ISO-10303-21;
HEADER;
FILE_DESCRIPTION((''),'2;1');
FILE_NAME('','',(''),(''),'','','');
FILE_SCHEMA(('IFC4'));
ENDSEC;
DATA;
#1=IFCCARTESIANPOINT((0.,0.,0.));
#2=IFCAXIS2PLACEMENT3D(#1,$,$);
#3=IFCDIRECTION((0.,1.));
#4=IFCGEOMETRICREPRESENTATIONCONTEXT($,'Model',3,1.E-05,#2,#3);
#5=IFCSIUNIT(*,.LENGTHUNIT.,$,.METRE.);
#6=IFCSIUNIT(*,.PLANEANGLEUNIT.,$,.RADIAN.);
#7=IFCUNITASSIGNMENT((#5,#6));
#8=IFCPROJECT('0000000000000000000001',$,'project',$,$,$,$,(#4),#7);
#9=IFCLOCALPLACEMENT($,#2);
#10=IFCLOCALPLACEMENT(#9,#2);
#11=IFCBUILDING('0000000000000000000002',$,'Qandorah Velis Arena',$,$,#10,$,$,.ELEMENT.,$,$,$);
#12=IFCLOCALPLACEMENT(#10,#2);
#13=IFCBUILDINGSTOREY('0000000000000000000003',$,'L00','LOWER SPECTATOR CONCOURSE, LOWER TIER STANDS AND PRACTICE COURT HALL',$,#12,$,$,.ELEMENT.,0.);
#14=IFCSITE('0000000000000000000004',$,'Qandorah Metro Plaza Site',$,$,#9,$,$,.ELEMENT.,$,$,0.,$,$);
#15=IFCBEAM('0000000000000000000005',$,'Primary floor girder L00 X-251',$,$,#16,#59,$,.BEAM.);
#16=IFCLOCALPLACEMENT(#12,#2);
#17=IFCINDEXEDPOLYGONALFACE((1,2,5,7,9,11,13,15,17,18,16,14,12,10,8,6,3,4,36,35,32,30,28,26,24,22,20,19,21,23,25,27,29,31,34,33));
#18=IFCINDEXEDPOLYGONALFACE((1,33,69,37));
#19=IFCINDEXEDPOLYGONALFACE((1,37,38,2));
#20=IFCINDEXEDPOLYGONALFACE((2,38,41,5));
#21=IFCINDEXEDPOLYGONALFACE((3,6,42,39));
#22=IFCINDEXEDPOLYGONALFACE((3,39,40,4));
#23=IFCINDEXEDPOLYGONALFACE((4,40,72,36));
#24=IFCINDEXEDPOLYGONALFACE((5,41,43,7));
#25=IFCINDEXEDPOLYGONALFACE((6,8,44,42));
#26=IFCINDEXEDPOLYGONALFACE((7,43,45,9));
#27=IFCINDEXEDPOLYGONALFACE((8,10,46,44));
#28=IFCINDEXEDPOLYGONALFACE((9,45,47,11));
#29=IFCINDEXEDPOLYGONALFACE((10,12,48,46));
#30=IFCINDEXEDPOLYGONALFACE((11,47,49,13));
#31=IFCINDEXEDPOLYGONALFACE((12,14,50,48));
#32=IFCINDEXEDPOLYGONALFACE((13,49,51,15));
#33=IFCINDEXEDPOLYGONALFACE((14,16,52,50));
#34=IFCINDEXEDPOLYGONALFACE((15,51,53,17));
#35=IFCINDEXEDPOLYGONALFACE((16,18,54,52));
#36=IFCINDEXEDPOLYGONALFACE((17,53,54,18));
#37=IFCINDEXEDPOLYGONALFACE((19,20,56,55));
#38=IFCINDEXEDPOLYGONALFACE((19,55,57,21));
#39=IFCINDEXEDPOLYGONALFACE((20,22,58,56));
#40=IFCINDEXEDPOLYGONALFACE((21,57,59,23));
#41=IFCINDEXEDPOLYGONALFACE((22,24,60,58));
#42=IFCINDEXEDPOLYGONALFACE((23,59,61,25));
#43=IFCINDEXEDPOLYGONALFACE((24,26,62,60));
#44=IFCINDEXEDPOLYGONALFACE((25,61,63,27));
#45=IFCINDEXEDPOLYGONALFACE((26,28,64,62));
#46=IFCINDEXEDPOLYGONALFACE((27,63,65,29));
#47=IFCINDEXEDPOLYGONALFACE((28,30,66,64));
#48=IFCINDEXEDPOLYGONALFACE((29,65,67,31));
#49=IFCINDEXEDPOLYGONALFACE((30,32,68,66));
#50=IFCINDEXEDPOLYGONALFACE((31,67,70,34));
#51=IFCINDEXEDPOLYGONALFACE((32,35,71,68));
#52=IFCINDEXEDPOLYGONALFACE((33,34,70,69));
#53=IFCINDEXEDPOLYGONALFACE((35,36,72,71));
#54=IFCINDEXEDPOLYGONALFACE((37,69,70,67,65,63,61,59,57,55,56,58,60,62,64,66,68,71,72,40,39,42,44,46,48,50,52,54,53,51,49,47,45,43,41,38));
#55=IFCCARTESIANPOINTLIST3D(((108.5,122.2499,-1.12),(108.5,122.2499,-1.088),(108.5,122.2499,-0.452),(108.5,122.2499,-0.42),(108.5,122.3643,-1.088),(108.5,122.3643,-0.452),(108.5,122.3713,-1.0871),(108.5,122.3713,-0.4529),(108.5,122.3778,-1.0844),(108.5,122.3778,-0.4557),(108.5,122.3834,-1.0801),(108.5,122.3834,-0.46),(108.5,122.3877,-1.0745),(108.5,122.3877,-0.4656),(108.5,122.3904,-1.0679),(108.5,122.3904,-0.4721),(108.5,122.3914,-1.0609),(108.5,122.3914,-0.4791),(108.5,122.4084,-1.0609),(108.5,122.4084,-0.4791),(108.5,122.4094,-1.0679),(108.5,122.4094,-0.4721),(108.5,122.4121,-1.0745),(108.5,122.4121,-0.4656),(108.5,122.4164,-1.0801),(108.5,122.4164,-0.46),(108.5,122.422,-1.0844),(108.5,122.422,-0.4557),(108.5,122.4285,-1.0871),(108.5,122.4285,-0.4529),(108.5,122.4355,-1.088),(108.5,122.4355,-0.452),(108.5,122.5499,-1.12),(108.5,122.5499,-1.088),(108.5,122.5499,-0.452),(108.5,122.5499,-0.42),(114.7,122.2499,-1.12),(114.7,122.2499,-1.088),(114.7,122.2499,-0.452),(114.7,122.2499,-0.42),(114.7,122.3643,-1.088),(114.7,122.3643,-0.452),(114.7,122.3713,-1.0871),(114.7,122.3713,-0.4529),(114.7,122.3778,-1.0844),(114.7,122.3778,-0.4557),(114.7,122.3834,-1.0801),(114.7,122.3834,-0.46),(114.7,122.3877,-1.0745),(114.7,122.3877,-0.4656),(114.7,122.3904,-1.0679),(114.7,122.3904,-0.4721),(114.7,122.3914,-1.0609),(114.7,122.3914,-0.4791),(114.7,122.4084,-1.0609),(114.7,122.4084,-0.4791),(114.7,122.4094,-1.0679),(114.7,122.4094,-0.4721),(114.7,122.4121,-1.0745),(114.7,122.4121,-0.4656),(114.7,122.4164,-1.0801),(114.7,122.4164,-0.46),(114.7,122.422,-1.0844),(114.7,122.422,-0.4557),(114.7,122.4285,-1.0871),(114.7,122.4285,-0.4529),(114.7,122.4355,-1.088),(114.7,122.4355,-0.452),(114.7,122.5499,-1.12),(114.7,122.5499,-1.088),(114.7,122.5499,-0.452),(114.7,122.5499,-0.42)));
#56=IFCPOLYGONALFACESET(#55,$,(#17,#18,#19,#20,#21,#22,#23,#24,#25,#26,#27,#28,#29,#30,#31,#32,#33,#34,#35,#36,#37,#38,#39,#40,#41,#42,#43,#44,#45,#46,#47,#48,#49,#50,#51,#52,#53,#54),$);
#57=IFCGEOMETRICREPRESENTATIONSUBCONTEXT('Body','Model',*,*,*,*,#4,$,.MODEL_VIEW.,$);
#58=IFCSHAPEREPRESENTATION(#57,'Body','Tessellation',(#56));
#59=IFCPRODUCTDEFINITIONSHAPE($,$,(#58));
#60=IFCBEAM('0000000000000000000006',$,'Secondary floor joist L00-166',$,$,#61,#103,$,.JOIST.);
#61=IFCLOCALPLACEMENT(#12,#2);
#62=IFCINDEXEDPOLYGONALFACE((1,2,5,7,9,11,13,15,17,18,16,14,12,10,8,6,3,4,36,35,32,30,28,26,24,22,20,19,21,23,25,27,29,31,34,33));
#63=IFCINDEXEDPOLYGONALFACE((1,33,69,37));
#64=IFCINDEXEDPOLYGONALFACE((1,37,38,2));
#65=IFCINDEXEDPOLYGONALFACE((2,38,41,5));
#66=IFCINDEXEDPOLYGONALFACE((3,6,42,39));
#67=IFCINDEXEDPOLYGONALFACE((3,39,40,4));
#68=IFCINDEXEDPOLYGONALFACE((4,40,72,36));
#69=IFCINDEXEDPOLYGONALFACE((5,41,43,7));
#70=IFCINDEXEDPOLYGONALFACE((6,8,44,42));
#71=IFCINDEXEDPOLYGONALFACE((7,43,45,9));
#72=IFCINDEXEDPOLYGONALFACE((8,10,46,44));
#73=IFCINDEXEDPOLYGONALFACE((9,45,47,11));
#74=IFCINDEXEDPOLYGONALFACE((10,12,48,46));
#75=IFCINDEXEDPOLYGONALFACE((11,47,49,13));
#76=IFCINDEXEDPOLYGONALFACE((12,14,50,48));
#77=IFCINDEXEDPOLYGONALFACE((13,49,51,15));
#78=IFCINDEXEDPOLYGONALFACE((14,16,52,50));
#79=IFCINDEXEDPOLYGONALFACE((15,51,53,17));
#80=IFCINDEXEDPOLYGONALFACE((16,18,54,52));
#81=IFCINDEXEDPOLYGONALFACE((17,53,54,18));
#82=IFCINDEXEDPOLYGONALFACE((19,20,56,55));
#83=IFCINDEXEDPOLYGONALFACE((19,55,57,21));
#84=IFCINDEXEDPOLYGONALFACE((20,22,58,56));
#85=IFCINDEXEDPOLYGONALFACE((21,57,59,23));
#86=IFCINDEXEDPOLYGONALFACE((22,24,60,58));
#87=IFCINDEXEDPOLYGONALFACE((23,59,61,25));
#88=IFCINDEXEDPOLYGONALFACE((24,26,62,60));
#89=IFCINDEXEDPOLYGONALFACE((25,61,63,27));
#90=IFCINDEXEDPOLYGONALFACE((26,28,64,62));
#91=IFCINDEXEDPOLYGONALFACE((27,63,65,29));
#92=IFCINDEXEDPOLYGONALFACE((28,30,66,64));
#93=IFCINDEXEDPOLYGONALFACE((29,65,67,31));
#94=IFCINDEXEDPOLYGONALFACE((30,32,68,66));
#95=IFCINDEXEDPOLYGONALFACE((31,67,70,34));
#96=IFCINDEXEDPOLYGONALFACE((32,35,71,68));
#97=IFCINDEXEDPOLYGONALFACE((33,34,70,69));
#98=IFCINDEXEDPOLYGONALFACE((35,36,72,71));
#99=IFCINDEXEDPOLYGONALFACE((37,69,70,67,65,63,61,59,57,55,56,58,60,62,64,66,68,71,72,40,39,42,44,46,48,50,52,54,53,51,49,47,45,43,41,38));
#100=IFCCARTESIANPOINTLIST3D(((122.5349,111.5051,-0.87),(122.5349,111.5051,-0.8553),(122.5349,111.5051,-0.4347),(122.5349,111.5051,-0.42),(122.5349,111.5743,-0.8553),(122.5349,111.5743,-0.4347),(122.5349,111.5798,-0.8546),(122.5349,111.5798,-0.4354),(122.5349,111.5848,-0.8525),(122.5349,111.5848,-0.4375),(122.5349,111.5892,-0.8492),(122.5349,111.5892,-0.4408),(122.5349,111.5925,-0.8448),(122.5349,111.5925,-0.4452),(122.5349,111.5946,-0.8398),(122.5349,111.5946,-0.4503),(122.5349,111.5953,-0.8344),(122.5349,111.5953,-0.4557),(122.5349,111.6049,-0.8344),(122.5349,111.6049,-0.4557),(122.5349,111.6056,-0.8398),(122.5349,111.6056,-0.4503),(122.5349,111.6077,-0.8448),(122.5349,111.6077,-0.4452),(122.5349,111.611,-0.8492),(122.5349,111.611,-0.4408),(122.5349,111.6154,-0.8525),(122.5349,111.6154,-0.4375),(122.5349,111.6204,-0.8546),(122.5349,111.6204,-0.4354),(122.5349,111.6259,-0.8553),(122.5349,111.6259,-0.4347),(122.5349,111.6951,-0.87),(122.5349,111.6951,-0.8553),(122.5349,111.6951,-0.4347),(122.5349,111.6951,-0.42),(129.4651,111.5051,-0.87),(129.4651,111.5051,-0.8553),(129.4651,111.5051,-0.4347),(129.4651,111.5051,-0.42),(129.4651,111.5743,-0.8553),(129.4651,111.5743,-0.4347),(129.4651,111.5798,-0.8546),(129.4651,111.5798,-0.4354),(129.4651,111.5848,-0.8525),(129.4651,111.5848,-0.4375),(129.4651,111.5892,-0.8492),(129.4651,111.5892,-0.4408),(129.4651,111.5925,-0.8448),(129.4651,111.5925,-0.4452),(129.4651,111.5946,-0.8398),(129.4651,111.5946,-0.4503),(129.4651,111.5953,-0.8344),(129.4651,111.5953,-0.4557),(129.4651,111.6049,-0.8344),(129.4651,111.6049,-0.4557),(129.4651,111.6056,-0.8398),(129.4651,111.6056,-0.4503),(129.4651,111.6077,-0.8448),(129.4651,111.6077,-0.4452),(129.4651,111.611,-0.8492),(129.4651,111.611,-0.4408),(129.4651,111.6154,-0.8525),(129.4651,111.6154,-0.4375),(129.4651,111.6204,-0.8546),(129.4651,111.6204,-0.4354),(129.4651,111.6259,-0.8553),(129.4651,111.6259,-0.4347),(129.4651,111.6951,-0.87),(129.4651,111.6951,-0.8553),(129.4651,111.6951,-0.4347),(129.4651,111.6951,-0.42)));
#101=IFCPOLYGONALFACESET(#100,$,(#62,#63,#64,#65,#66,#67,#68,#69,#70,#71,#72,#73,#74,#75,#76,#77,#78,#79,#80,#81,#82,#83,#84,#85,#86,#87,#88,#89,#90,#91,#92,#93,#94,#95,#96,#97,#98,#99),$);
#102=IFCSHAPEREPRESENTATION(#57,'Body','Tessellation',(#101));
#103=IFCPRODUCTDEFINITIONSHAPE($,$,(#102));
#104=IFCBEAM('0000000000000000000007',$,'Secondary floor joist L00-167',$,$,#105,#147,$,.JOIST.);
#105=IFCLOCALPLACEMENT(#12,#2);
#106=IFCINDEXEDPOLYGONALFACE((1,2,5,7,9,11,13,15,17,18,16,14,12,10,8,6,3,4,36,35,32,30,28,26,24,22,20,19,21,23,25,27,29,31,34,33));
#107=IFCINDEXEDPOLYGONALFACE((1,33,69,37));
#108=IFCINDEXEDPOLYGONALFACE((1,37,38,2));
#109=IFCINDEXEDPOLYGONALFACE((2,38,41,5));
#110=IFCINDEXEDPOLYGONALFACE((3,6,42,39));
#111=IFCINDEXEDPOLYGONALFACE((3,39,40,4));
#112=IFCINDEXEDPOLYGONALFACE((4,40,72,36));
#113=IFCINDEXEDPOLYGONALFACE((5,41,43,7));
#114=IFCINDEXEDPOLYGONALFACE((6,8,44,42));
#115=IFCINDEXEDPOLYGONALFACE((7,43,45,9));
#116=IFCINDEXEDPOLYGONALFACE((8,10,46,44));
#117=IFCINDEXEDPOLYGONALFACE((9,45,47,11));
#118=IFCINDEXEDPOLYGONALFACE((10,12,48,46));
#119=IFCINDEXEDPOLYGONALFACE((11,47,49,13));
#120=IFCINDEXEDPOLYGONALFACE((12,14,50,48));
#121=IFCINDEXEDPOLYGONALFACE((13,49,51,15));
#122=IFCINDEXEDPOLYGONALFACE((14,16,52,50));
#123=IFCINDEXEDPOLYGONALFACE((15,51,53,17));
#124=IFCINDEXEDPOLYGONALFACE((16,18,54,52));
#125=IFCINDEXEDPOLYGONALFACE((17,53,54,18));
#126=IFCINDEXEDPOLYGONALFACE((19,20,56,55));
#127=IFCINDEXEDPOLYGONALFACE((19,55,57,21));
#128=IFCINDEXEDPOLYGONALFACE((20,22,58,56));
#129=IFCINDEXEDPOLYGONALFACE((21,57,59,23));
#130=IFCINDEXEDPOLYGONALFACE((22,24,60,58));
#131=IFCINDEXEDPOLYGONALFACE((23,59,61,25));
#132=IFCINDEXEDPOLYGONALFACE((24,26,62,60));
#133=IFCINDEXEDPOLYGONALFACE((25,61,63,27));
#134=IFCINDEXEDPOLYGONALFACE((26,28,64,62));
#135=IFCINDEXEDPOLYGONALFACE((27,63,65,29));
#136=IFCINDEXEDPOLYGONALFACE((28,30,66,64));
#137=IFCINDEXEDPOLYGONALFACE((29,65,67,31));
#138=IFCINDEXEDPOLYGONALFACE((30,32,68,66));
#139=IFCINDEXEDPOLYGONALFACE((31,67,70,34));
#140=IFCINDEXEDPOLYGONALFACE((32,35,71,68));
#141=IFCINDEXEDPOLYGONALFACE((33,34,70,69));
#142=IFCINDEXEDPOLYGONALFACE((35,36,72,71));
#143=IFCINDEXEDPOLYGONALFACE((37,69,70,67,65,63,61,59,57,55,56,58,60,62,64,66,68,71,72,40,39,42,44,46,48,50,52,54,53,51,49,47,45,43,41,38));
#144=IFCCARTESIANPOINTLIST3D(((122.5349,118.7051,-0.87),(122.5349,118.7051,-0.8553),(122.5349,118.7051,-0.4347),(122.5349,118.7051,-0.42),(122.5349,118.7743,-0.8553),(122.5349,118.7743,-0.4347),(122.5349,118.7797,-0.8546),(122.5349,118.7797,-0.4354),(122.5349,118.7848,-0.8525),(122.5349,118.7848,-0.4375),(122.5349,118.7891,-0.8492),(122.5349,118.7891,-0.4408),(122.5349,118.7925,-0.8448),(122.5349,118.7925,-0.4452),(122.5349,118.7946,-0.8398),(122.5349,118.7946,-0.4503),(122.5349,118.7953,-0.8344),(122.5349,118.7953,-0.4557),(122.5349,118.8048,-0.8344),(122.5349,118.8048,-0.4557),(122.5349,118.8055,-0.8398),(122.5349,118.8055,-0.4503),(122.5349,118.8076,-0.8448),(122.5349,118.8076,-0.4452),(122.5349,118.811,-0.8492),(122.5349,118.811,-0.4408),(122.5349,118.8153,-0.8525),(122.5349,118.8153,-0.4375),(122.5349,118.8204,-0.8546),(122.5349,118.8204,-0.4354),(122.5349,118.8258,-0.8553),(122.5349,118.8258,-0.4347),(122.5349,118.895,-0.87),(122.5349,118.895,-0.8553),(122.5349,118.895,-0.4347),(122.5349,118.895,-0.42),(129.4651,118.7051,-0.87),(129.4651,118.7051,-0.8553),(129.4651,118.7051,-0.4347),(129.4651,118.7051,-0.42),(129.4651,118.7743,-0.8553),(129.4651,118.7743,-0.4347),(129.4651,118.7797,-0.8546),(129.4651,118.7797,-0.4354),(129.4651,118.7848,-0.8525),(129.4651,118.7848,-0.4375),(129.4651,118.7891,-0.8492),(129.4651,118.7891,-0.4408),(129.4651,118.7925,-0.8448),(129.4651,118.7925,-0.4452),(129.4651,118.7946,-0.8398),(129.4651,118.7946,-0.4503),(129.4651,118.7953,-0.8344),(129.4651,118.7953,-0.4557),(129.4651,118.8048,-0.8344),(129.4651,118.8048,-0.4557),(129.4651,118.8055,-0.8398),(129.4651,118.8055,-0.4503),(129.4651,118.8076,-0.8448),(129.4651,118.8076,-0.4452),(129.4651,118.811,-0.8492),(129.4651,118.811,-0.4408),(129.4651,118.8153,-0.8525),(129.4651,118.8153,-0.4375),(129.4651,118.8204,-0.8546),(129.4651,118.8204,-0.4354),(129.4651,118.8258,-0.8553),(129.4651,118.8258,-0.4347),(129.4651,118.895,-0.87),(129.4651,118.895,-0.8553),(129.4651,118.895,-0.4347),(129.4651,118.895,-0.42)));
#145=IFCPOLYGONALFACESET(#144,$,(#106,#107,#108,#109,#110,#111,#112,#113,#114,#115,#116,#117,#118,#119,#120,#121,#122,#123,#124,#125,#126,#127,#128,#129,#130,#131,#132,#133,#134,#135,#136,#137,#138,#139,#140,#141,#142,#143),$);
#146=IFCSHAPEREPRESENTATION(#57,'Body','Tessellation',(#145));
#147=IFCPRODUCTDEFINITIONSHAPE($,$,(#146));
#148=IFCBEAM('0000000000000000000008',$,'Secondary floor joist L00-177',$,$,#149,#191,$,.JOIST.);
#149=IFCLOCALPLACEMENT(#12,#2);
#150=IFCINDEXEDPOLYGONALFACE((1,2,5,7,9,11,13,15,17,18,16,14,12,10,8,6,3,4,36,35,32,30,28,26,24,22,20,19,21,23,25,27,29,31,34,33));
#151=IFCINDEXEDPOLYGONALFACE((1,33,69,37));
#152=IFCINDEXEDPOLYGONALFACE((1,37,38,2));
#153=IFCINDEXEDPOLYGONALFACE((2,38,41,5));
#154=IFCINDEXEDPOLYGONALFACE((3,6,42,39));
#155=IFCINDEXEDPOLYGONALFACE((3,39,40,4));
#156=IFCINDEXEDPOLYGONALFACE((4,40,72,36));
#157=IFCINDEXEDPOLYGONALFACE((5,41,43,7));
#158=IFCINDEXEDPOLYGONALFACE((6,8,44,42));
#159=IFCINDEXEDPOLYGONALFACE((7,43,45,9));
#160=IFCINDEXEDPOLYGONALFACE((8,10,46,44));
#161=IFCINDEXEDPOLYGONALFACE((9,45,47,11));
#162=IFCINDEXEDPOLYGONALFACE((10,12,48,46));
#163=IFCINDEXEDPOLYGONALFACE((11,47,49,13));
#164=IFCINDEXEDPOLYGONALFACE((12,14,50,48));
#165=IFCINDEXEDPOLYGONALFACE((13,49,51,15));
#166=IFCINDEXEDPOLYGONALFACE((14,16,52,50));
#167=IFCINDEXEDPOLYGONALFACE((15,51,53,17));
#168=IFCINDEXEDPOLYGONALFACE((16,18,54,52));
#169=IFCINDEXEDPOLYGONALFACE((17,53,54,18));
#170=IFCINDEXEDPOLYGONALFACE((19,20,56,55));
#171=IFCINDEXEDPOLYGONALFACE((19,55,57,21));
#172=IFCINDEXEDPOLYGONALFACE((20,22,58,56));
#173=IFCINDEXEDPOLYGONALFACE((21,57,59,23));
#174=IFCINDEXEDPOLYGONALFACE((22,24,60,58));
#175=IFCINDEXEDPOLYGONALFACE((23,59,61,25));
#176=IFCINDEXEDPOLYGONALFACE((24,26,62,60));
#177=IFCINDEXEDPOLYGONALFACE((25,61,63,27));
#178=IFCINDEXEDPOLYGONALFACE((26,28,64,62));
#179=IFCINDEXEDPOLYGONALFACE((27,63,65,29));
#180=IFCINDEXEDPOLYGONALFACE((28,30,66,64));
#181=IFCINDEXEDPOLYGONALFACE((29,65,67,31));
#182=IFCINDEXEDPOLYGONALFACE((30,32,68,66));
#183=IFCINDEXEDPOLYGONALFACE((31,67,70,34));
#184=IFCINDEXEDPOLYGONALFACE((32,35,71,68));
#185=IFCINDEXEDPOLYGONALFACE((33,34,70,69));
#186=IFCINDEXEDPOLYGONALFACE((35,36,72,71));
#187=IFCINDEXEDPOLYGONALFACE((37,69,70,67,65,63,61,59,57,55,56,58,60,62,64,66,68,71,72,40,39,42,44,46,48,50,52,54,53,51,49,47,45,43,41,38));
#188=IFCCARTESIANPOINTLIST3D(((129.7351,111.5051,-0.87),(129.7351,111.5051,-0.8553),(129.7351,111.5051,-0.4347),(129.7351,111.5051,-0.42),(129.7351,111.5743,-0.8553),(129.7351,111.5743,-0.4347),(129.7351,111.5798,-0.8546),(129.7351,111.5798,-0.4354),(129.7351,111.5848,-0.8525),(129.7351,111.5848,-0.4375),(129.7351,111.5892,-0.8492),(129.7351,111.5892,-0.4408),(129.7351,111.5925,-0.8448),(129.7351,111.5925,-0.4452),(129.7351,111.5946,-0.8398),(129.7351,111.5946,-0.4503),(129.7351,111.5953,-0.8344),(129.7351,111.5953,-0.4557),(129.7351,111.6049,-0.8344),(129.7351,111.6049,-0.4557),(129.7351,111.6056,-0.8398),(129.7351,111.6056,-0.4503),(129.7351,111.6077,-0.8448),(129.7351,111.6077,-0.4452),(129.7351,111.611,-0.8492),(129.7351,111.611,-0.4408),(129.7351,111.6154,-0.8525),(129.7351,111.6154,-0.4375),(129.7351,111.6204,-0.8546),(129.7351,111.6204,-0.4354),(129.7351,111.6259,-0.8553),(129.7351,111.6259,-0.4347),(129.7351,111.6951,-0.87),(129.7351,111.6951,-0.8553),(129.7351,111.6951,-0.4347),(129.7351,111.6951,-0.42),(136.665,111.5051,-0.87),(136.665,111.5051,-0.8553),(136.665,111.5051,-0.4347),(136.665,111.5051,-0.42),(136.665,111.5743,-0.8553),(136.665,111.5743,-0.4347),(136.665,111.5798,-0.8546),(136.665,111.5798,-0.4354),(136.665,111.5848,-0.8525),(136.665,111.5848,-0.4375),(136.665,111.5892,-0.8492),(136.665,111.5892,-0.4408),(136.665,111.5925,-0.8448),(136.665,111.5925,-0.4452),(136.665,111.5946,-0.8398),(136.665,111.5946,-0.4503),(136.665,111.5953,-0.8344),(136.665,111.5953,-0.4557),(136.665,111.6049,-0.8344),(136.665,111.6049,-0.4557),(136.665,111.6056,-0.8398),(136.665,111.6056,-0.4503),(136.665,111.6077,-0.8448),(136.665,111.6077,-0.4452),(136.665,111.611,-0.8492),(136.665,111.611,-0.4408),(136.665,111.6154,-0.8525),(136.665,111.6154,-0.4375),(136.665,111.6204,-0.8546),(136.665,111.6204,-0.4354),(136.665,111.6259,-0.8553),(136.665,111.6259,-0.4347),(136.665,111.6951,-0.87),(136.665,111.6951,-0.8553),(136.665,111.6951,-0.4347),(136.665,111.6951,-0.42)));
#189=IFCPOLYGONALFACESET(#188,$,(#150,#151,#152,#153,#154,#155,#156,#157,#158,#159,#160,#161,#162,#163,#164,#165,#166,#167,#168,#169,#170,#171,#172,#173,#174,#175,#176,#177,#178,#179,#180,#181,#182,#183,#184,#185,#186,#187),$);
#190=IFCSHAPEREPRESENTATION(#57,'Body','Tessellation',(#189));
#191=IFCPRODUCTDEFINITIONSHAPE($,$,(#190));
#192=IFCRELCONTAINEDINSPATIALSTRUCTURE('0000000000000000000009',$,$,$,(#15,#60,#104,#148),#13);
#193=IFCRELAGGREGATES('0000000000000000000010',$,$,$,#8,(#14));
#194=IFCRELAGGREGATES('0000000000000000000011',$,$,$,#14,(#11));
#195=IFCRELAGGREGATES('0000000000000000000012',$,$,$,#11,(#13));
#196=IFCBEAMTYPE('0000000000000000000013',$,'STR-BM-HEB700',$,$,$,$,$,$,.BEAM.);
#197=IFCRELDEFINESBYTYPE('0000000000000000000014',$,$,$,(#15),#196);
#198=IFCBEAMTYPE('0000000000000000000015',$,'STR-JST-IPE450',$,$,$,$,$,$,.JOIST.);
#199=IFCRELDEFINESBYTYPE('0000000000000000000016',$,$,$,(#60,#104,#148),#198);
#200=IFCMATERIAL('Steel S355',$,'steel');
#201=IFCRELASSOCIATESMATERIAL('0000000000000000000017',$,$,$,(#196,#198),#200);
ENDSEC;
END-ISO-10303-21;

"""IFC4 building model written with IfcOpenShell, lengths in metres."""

from ifc_helpers import new_model, si_unit, direction, frame, origin, origin_2d, place, context, subcontext, project, spatial, i_section, extrude, material, material_profile, profile_set, type_object, element, save


model = new_model("IFC4")

# Units and contexts
model_context = context("Model", 3, precision=1e-05, world=origin(), true_north=direction((0.0, 1.0)))
body_context = subcontext(model_context, "Body", "Model", "MODEL_VIEW")
ifc_project = project(units=[si_unit("LENGTHUNIT", "METRE"), si_unit("PLANEANGLEUNIT", "RADIAN")], contexts=[model_context])

# Site, building, storey
site_placement = place(None, origin())
site = spatial("IfcSite", under=ifc_project, at=site_placement, Name="Qandorah Metro Plaza Site", CompositionType="ELEMENT", RefElevation=0.0)
building_placement = place(site_placement, origin())
building = spatial("IfcBuilding", under=site, at=building_placement, Name="Qandorah Velis Arena", CompositionType="ELEMENT")
storey_placement = place(building_placement, origin())
storey = spatial("IfcBuildingStorey", under=building, at=storey_placement, Name="L00", Description="LOWER SPECTATOR CONCOURSE, LOWER TIER STANDS AND PRACTICE COURT HALL", CompositionType="ELEMENT", Elevation=0.0)

# Beams
ifc_material_1 = material(Name="Steel S355", Category="steel")
ifc_material_profile_1 = material_profile(ifc_material_1, i_section(OverallWidth=0.3, OverallDepth=0.7, WebThickness=0.0171, FlangeThickness=0.032, FilletRadius=0.0271, at=origin_2d()), Name="HEB 700")
ifc_profile_set_1 = profile_set([ifc_material_profile_1], Name="Steel S355")
beam_type_1 = type_object("IfcBeamType", Name="STR-BM-HEB700", PredefinedType="BEAM", material=ifc_profile_set_1)
beam_1_placement = place(storey_placement, frame((108.5, 122.3999, -0.77), z_axis=(1.0, 0.0, 0.0), x_axis=(0.0, 1.0, 0.0)))
element("IfcBeam", 1, at=beam_1_placement, inside=storey, type_object=beam_type_1, Name="Primary floor girder L00 X-251", PredefinedType="BEAM", context=body_context, shape_type="SweptSolid", body=[
    extrude(i_section(OverallWidth=0.3, OverallDepth=0.7, WebThickness=0.0171, FlangeThickness=0.032, FilletRadius=0.0271, at=origin_2d()), origin(), (0.0, 0.0, 1.0), 6.2),
])
ifc_material_profile_2 = material_profile(ifc_material_1, i_section(OverallWidth=0.1899, OverallDepth=0.45, WebThickness=0.0095, FlangeThickness=0.0146, FilletRadius=0.021, at=origin_2d()), Name="IPE 450")
ifc_profile_set_2 = profile_set([ifc_material_profile_2], Name="Steel S355")
beam_type_2 = type_object("IfcBeamType", Name="STR-JST-IPE450", PredefinedType="JOIST", material=ifc_profile_set_2)
for number, where, z_axis, x_axis, name in (
    (2, (122.5349, 111.6001, -0.645), (1.0, 0.0, 0.0), (0.0, 1.0, 0.0), "Secondary floor joist L00-166"),
    (3, (122.5349, 118.8, -0.645), (1.0, 0.0, 0.0), (0.0, 1.0, 0.0), "Secondary floor joist L00-167"),
):
    element("IfcBeam", number, at=place(storey_placement, frame(where, z_axis=z_axis, x_axis=x_axis)), inside=storey, type_object=beam_type_2, Name=name, PredefinedType="JOIST", context=body_context, shape_type="SweptSolid", body=[
        extrude(i_section(OverallWidth=0.1899, OverallDepth=0.45, WebThickness=0.0095, FlangeThickness=0.0146, FilletRadius=0.021, at=origin_2d()), origin(), (0.0, 0.0, 1.0), 6.9302),
    ])
for number, where, z_axis, x_axis, name in (
    (4, (129.7351, 111.6001, -0.645), (1.0, 0.0, 0.0), (0.0, 1.0, 0.0), "Secondary floor joist L00-177"),
):
    element("IfcBeam", number, at=place(storey_placement, frame(where, z_axis=z_axis, x_axis=x_axis)), inside=storey, type_object=beam_type_2, Name=name, PredefinedType="JOIST", context=body_context, shape_type="SweptSolid", body=[
        extrude(i_section(OverallWidth=0.1899, OverallDepth=0.45, WebThickness=0.0095, FlangeThickness=0.0146, FilletRadius=0.021, at=origin_2d()), origin(), (0.0, 0.0, 1.0), 6.9299),
    ])

save(model, "model.ifc")
